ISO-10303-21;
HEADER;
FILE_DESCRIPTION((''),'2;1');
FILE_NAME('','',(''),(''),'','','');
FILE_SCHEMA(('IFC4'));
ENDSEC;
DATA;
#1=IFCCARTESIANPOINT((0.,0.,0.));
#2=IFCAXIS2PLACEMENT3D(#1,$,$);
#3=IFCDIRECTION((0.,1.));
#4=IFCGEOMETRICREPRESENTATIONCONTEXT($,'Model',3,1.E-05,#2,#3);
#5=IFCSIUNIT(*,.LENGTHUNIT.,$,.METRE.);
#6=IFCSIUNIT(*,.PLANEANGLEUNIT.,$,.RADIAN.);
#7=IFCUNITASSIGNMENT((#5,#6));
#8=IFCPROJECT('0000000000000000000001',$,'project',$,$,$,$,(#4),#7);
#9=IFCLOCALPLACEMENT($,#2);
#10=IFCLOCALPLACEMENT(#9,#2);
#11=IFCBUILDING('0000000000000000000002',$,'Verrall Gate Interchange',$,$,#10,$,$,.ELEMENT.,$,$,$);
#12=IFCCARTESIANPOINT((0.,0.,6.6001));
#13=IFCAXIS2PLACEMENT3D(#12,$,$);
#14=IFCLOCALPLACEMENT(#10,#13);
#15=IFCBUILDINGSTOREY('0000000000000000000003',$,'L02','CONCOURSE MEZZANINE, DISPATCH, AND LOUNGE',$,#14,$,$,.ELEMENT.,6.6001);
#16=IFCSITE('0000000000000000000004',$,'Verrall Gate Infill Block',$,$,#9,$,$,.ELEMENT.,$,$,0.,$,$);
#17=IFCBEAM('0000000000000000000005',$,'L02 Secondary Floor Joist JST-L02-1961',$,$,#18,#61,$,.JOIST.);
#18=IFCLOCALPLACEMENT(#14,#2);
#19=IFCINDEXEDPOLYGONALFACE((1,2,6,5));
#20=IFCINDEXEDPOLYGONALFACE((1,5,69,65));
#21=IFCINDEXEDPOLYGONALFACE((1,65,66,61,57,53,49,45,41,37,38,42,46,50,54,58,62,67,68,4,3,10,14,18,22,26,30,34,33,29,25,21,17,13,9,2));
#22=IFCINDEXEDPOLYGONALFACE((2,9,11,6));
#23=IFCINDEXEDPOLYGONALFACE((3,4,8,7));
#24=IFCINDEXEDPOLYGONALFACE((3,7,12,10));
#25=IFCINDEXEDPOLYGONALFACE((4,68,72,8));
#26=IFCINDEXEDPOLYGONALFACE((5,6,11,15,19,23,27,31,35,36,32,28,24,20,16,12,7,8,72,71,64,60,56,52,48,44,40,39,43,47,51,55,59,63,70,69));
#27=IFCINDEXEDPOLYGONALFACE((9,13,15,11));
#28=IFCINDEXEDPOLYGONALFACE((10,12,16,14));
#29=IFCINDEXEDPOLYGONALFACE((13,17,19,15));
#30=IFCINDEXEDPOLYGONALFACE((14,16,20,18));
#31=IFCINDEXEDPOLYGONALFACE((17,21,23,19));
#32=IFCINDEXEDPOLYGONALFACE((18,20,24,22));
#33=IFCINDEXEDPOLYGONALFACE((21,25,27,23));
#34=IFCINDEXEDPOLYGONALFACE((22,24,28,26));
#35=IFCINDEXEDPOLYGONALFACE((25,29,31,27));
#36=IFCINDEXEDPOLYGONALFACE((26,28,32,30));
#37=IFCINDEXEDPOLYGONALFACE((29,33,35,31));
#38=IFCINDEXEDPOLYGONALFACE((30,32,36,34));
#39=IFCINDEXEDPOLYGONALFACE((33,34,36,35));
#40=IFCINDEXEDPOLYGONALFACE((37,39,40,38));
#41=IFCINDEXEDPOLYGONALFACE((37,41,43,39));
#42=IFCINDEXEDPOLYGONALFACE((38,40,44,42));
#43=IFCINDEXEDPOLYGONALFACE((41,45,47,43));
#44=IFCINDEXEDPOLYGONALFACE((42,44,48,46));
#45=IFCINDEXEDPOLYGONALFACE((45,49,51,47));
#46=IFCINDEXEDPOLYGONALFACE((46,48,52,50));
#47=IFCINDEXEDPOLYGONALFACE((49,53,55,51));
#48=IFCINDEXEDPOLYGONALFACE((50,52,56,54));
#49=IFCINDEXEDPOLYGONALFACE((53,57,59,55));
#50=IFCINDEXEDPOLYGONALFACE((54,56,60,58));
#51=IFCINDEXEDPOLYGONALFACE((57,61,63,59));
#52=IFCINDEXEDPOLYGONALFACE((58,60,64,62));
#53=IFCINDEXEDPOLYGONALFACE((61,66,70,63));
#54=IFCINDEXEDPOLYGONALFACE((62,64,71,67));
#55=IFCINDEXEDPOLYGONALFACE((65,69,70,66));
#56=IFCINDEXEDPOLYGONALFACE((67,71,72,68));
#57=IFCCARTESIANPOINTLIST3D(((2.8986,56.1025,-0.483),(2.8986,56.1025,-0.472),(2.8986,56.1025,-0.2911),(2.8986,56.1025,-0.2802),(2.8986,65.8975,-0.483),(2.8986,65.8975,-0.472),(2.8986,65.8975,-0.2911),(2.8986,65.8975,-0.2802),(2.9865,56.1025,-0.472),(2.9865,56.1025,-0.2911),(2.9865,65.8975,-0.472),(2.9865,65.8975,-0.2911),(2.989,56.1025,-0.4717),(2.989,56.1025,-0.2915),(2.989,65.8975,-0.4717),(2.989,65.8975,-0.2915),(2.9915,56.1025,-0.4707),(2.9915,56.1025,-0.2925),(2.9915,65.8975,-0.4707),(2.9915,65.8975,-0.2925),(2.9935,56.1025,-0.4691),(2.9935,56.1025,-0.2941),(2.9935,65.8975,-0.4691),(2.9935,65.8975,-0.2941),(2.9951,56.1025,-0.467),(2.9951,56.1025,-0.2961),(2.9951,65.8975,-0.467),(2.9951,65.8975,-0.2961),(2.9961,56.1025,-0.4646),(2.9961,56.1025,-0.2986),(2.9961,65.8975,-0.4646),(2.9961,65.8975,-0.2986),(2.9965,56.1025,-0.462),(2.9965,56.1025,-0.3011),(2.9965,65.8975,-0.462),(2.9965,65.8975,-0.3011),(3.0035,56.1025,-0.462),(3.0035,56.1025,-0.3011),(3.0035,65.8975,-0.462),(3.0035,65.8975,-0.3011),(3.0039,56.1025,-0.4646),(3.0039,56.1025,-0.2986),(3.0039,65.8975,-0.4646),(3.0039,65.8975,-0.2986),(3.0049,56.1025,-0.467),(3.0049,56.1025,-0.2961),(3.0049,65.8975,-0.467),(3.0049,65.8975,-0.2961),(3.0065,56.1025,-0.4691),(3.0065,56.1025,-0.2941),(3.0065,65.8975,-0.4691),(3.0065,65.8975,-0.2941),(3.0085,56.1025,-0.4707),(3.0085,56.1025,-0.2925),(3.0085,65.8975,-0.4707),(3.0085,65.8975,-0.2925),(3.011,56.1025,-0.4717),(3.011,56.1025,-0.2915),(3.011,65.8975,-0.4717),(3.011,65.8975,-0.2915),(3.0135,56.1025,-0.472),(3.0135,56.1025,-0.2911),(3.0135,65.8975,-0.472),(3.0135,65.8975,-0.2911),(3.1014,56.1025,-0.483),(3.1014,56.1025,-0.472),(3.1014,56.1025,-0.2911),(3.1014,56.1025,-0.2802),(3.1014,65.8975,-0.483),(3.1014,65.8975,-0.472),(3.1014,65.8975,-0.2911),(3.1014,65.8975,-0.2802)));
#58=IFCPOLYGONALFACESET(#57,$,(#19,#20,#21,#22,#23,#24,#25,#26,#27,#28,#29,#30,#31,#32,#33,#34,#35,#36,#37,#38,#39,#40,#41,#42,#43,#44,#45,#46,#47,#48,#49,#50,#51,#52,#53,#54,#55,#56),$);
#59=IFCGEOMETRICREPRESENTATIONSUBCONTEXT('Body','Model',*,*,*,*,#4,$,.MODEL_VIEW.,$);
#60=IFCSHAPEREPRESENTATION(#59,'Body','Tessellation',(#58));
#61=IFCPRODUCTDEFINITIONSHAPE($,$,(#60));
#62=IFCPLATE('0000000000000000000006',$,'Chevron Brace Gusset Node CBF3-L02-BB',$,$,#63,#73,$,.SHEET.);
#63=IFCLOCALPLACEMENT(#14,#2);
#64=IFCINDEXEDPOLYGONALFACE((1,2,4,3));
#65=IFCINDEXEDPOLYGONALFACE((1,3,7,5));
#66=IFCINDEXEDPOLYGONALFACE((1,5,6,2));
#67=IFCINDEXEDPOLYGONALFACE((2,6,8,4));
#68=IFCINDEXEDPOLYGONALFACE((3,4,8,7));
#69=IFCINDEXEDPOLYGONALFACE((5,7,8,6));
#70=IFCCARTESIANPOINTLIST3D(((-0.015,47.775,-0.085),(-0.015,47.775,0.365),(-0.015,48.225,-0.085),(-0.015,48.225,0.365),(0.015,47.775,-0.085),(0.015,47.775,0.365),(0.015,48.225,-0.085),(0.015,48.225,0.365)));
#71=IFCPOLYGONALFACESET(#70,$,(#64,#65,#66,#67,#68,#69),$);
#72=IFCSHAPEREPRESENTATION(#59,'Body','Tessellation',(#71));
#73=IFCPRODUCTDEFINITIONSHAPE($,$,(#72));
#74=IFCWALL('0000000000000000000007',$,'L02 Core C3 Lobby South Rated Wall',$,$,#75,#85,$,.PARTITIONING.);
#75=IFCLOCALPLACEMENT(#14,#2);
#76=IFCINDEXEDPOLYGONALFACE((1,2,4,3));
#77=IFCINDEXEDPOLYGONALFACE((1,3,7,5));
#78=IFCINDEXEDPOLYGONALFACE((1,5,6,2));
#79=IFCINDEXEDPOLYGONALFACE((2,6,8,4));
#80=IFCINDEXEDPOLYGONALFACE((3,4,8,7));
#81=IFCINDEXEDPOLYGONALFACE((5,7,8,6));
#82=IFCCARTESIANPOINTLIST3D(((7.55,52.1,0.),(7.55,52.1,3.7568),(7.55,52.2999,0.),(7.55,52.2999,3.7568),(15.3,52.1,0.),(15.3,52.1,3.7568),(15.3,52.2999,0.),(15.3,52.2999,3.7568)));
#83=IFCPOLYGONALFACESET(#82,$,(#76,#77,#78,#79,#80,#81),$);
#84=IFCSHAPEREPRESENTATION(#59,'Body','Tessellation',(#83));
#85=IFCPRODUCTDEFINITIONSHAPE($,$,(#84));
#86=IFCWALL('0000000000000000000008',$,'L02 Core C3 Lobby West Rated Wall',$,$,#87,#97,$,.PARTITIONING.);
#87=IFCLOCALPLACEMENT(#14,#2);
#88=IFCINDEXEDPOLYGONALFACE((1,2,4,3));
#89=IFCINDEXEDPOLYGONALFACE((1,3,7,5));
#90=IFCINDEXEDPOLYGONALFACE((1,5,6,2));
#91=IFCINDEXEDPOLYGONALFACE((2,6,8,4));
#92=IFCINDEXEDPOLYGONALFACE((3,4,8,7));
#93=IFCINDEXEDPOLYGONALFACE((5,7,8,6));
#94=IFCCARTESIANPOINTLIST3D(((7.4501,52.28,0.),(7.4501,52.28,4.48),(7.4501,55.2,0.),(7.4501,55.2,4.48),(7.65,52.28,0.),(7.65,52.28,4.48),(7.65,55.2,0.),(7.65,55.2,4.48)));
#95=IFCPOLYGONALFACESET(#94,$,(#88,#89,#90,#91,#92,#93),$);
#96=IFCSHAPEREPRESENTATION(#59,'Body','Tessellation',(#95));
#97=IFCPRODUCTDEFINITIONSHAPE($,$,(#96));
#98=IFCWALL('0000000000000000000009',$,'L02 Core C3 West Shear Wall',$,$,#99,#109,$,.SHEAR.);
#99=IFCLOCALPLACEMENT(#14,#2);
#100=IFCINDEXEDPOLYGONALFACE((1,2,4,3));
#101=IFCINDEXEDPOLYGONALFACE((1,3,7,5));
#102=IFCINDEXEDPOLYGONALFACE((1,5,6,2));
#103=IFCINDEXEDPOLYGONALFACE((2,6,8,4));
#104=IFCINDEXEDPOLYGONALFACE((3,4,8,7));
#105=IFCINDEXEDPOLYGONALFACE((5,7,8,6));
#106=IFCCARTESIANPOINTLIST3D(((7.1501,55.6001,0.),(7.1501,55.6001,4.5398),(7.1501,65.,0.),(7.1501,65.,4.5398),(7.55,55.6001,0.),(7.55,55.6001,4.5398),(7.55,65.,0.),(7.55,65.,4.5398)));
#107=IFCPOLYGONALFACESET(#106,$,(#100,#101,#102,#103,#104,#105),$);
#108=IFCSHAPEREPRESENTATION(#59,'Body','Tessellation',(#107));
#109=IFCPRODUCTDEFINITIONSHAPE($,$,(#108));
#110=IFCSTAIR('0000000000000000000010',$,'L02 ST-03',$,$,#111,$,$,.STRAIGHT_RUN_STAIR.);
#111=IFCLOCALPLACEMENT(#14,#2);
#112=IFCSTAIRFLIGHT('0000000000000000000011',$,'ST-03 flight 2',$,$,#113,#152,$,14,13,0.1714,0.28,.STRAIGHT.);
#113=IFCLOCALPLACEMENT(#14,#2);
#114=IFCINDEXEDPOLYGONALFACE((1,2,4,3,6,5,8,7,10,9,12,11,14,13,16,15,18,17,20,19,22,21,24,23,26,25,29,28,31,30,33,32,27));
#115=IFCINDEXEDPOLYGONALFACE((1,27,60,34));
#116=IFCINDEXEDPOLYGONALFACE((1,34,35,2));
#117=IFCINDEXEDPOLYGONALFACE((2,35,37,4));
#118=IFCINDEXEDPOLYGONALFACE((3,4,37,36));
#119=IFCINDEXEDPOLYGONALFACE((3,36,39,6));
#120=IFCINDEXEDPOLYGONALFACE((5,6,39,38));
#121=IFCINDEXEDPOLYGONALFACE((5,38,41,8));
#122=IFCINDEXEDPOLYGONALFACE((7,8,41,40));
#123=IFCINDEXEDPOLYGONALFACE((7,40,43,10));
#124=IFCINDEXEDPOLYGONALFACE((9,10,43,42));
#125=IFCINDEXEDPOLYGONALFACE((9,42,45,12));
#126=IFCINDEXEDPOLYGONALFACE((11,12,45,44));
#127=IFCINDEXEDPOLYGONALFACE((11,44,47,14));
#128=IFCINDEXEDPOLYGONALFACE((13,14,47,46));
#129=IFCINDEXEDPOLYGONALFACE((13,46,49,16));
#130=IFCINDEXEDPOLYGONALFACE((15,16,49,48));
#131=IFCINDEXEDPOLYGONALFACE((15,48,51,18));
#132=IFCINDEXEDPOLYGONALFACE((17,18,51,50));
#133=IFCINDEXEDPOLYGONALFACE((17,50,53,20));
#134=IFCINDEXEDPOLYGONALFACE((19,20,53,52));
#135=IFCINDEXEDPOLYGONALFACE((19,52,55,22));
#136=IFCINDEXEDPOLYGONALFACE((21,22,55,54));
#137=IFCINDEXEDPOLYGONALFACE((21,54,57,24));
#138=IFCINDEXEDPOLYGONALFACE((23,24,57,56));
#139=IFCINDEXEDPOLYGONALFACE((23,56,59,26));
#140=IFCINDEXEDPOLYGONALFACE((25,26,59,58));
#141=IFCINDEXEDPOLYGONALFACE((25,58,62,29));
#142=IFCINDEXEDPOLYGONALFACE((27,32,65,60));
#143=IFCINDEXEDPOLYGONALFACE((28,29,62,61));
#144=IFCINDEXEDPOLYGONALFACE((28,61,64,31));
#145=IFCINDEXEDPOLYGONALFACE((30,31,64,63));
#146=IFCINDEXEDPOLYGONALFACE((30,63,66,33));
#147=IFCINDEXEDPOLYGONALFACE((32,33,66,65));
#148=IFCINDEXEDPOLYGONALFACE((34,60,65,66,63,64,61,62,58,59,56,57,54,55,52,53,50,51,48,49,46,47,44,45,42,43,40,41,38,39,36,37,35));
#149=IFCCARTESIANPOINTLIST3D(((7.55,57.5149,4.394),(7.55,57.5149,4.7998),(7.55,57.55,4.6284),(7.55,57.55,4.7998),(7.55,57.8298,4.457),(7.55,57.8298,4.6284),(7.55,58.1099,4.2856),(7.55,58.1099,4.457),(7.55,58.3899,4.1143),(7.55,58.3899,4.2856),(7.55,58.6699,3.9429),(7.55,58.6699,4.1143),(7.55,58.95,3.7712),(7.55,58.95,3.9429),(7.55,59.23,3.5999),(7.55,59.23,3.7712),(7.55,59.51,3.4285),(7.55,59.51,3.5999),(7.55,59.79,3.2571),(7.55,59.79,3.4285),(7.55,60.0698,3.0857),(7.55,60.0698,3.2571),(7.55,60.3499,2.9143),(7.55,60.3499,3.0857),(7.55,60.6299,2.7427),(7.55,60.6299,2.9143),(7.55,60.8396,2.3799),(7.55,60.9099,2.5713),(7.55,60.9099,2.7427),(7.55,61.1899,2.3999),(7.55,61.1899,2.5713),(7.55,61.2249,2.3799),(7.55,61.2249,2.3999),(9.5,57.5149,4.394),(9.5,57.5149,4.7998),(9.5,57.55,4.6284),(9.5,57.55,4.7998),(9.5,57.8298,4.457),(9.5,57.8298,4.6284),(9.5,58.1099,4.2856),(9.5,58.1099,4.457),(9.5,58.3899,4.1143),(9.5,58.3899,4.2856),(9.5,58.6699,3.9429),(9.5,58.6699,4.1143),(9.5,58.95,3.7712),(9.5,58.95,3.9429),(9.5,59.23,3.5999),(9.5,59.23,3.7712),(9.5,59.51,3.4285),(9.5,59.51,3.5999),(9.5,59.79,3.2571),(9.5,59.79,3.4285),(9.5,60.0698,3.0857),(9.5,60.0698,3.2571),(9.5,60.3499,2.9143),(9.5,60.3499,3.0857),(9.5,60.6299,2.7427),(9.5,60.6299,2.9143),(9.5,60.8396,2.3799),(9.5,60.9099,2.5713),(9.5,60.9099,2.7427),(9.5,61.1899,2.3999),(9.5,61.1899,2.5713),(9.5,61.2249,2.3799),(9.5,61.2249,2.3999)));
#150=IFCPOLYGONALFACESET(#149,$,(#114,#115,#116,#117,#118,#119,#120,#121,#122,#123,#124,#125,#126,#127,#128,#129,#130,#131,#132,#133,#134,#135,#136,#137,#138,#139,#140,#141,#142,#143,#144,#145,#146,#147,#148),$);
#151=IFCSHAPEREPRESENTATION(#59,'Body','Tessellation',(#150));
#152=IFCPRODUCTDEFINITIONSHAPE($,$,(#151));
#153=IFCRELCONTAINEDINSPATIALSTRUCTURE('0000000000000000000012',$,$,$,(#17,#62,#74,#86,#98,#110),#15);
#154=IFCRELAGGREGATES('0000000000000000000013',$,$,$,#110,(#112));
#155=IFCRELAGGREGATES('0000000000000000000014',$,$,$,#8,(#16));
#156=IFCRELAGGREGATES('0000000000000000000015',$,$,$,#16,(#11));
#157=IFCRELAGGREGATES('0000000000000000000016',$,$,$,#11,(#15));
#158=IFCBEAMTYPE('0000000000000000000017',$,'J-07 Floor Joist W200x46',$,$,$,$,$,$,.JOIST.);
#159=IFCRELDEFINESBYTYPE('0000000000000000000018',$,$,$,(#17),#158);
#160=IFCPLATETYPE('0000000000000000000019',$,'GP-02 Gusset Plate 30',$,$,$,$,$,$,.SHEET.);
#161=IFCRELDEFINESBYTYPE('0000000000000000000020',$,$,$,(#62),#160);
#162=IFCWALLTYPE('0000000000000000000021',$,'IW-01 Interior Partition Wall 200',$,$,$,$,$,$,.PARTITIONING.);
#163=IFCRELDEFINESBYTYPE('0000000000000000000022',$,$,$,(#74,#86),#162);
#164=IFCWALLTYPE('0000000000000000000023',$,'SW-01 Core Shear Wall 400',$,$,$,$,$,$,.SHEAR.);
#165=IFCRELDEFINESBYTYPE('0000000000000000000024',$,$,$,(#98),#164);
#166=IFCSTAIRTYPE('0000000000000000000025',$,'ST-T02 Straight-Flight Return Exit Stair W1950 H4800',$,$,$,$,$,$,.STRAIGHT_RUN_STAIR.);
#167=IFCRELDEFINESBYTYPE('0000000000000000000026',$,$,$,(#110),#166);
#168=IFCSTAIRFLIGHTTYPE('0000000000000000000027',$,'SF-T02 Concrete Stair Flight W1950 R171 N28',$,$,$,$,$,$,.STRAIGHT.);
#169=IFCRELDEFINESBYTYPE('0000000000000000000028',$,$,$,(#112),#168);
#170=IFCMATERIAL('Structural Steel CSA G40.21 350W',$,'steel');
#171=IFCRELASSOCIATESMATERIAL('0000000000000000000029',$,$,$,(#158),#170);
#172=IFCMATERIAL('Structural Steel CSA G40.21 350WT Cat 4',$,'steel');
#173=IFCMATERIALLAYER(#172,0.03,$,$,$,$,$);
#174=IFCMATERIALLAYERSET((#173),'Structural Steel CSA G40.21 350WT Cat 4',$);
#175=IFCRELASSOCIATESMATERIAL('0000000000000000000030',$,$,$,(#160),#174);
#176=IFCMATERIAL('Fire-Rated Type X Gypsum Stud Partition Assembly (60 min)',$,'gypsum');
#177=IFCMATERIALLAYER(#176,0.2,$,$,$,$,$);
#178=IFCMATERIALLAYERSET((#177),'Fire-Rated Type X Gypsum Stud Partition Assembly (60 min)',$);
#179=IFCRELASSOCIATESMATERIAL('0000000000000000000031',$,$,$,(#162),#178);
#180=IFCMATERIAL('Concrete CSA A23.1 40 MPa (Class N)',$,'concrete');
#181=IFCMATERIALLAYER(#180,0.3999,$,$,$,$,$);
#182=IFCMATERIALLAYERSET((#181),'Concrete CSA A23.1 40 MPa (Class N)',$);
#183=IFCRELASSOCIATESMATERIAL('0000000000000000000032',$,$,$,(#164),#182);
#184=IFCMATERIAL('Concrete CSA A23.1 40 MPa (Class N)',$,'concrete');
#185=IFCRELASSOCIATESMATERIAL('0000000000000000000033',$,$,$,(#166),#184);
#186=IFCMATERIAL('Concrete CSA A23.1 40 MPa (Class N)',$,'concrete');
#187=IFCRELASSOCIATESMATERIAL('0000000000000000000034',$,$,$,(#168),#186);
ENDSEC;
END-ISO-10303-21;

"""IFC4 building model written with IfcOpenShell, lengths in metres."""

from ifc_helpers import new_model, si_unit, direction, frame, frame_2d, origin, origin_2d, place, context, subcontext, project, spatial, polyline, rectangle, i_section, outline, extrude, material, layer, layer_set, material_profile, profile_set, type_object, element, aggregate, save


model = new_model("IFC4")

# Units and contexts
model_context = context("Model", 3, precision=1e-05, world=origin(), true_north=direction((0.0, 1.0)))
body_context = subcontext(model_context, "Body", "Model", "MODEL_VIEW")
ifc_project = project(units=[si_unit("LENGTHUNIT", "METRE"), si_unit("PLANEANGLEUNIT", "RADIAN")], contexts=[model_context])

# Site, building, storey
site_placement = place(None, origin())
site = spatial("IfcSite", under=ifc_project, at=site_placement, Name="Verrall Gate Infill Block", CompositionType="ELEMENT", RefElevation=0.0)
building_placement = place(site_placement, origin())
building = spatial("IfcBuilding", under=site, at=building_placement, Name="Verrall Gate Interchange", CompositionType="ELEMENT")
storey_placement = place(building_placement, frame((0.0, 0.0, 6.6001)))
storey = spatial("IfcBuildingStorey", under=building, at=storey_placement, Name="L02", Description="CONCOURSE MEZZANINE, DISPATCH, AND LOUNGE", CompositionType="ELEMENT", Elevation=6.6001)

# Beam
ifc_material_1 = material(Name="Structural Steel CSA G40.21 350W", Category="steel")
ifc_material_profile_1 = material_profile(ifc_material_1, i_section(OverallWidth=0.2029, OverallDepth=0.2029, WebThickness=0.0071, FlangeThickness=0.011, FilletRadius=0.01, at=origin_2d()), Name="W200x46")
ifc_profile_set_1 = profile_set([ifc_material_profile_1], Name="Structural Steel CSA G40.21 350W")
beam_type_1 = type_object("IfcBeamType", Name="J-07 Floor Joist W200x46", PredefinedType="JOIST", material=ifc_profile_set_1)
beam_1_placement = place(storey_placement, frame((3.0, 56.1025, -0.3816), z_axis=(0.0, 1.0, 0.0), x_axis=(-1.0, 0.0, 0.0)))
element("IfcBeam", 1, at=beam_1_placement, inside=storey, type_object=beam_type_1, Name="L02 Secondary Floor Joist JST-L02-1961", PredefinedType="JOIST", context=body_context, shape_type="SweptSolid", body=[
    extrude(i_section(OverallWidth=0.2029, OverallDepth=0.2029, WebThickness=0.0071, FlangeThickness=0.011, FilletRadius=0.01, at=origin_2d()), origin(), (0.0, 0.0, 1.0), 9.7949),
])

# Plate
ifc_material_2 = material(Name="Structural Steel CSA G40.21 350WT Cat 4", Category="steel")
ifc_layer_1 = layer(ifc_material_2, 0.03)
ifc_layer_set_1 = layer_set([ifc_layer_1], Name="Structural Steel CSA G40.21 350WT Cat 4")
plate_type = type_object("IfcPlateType", Name="GP-02 Gusset Plate 30", PredefinedType="SHEET", material=ifc_layer_set_1)
plate_placement = place(storey_placement, frame((0.0, 48.0, -0.085), z_axis=(0.0, 0.0, 1.0), x_axis=(1.0, 0.0, 0.0)))
element("IfcPlate", 2, at=plate_placement, inside=storey, type_object=plate_type, Name="Chevron Brace Gusset Node CBF3-L02-BB", PredefinedType="SHEET", context=body_context, shape_type="SweptSolid", body=[
    extrude(rectangle(XDim=0.03, YDim=0.45, at=origin_2d()), origin(), (0.0, 0.0, 1.0), 0.45),
])

# Walls
ifc_material_3 = material(Name="Fire-Rated Type X Gypsum Stud Partition Assembly (60 min)", Category="gypsum")
ifc_layer_2 = layer(ifc_material_3, 0.2)
ifc_layer_set_2 = layer_set([ifc_layer_2], Name="Fire-Rated Type X Gypsum Stud Partition Assembly (60 min)")
wall_type_1 = type_object("IfcWallType", Name="IW-01 Interior Partition Wall 200", PredefinedType="PARTITIONING", material=ifc_layer_set_2)
wall_1_placement = place(storey_placement, frame((7.55, 52.2, 0.0), z_axis=(0.0, 0.0, 1.0), x_axis=(1.0, 0.0, 0.0)))
element("IfcWall", 3, at=wall_1_placement, inside=storey, type_object=wall_type_1, Name="L02 Core C3 Lobby South Rated Wall", PredefinedType="PARTITIONING", context=body_context, shape_type="SweptSolid", body=[
    extrude(rectangle(XDim=7.75, YDim=0.2, at=frame_2d((3.875, 0.0))), origin(), (0.0, 0.0, 1.0), 3.7568),
])
wall_2_placement = place(storey_placement, frame((7.55, 55.2, 0.0), z_axis=(0.0, 0.0, 1.0), x_axis=(0.0, -1.0, 0.0)))
element("IfcWall", 4, at=wall_2_placement, inside=storey, type_object=wall_type_1, Name="L02 Core C3 Lobby West Rated Wall", PredefinedType="PARTITIONING", context=body_context, shape_type="SweptSolid", body=[
    extrude(rectangle(XDim=2.9199, YDim=0.2, at=frame_2d((1.46, 0.0))), origin(), (0.0, 0.0, 1.0), 4.48),
])

# Shared definitions
ifc_material_4 = material(Name="Concrete CSA A23.1 40 MPa (Class N)", Category="concrete")
ifc_layer_3 = layer(ifc_material_4, 0.3999)
ifc_layer_set_3 = layer_set([ifc_layer_3], Name="Concrete CSA A23.1 40 MPa (Class N)")
wall_type_2 = type_object("IfcWallType", Name="SW-01 Core Shear Wall 400", PredefinedType="SHEAR", material=ifc_layer_set_3)

# Wall
wall_3_placement = place(storey_placement, frame((7.3501, 65.0, 0.0), z_axis=(0.0, 0.0, 1.0), x_axis=(0.0, -1.0, 0.0)))
element("IfcWall", 5, at=wall_3_placement, inside=storey, type_object=wall_type_2, Name="L02 Core C3 West Shear Wall", PredefinedType="SHEAR", context=body_context, shape_type="SweptSolid", body=[
    extrude(rectangle(XDim=9.3999, YDim=0.3999, at=frame_2d((4.7, 0.0))), origin(), (0.0, 0.0, 1.0), 4.5398),
])

# Stair, stair flight
ifc_material_5 = material(Name="Concrete CSA A23.1 40 MPa (Class N)", Category="concrete")
stair_type = type_object("IfcStairType", Name="ST-T02 Straight-Flight Return Exit Stair W1950 H4800", PredefinedType="STRAIGHT_RUN_STAIR", material=ifc_material_5)
stair_placement = place(storey_placement, origin())
stair = element("IfcStair", 6, at=stair_placement, inside=storey, type_object=stair_type, Name="L02 ST-03", PredefinedType="STRAIGHT_RUN_STAIR")
ifc_material_6 = material(Name="Concrete CSA A23.1 40 MPa (Class N)", Category="concrete")
stair_flight_type = type_object("IfcStairFlightType", Name="SF-T02 Concrete Stair Flight W1950 R171 N28", PredefinedType="STRAIGHT", material=ifc_material_6)
stair_flight_placement = place(storey_placement, frame((8.5249, 61.1899, 2.3999), z_axis=(0.0, 0.0, 1.0), x_axis=(0.0, -1.0, 0.0)))
stair_flight = element("IfcStairFlight", 7, at=stair_flight_placement, type_object=stair_flight_type, Name="ST-03 flight 2", NumberOfRisers=14, NumberOfTreads=13, PredefinedType="STRAIGHT", RiserHeight=0.1714, TreadLength=0.28, context=body_context, shape_type="SweptSolid", body=[
    extrude(outline(polyline([(-0.0349, -0.02), (-0.0349, 0.0), (0.0, 0.0), (0.0, 0.1714), (0.28, 0.1714), (0.28, 0.3428), (0.5601, 0.3428), (0.5601, 0.5144), (0.8401, 0.5144), (0.8401, 0.6858), (1.1201, 0.6858), (1.1201, 0.8572), (1.3999, 0.8572), (1.3999, 1.0286), (1.6799, 1.0286), (1.6799, 1.2), (1.96, 1.2), (1.96, 1.3713), (2.24, 1.3713), (2.24, 1.543), (2.52, 1.543), (2.52, 1.7144), (2.8, 1.7144), (2.8, 1.8857), (3.0801, 1.8857), (3.0801, 2.0571), (3.3601, 2.0571), (3.3601, 2.2285), (3.6399, 2.2285), (3.6399, 2.3999), (3.675, 2.3999), (3.675, 1.9941), (0.3503, -0.02), (-0.0349, -0.02)])), frame((0.0, 0.9751, 0.0), z_axis=(0.0, -1.0, 0.0), x_axis=(1.0, 0.0, 0.0)), (0.0, 0.0, 1.0), 1.95),
])
aggregate(stair, [stair_flight])

save(model, "model.ifc")
